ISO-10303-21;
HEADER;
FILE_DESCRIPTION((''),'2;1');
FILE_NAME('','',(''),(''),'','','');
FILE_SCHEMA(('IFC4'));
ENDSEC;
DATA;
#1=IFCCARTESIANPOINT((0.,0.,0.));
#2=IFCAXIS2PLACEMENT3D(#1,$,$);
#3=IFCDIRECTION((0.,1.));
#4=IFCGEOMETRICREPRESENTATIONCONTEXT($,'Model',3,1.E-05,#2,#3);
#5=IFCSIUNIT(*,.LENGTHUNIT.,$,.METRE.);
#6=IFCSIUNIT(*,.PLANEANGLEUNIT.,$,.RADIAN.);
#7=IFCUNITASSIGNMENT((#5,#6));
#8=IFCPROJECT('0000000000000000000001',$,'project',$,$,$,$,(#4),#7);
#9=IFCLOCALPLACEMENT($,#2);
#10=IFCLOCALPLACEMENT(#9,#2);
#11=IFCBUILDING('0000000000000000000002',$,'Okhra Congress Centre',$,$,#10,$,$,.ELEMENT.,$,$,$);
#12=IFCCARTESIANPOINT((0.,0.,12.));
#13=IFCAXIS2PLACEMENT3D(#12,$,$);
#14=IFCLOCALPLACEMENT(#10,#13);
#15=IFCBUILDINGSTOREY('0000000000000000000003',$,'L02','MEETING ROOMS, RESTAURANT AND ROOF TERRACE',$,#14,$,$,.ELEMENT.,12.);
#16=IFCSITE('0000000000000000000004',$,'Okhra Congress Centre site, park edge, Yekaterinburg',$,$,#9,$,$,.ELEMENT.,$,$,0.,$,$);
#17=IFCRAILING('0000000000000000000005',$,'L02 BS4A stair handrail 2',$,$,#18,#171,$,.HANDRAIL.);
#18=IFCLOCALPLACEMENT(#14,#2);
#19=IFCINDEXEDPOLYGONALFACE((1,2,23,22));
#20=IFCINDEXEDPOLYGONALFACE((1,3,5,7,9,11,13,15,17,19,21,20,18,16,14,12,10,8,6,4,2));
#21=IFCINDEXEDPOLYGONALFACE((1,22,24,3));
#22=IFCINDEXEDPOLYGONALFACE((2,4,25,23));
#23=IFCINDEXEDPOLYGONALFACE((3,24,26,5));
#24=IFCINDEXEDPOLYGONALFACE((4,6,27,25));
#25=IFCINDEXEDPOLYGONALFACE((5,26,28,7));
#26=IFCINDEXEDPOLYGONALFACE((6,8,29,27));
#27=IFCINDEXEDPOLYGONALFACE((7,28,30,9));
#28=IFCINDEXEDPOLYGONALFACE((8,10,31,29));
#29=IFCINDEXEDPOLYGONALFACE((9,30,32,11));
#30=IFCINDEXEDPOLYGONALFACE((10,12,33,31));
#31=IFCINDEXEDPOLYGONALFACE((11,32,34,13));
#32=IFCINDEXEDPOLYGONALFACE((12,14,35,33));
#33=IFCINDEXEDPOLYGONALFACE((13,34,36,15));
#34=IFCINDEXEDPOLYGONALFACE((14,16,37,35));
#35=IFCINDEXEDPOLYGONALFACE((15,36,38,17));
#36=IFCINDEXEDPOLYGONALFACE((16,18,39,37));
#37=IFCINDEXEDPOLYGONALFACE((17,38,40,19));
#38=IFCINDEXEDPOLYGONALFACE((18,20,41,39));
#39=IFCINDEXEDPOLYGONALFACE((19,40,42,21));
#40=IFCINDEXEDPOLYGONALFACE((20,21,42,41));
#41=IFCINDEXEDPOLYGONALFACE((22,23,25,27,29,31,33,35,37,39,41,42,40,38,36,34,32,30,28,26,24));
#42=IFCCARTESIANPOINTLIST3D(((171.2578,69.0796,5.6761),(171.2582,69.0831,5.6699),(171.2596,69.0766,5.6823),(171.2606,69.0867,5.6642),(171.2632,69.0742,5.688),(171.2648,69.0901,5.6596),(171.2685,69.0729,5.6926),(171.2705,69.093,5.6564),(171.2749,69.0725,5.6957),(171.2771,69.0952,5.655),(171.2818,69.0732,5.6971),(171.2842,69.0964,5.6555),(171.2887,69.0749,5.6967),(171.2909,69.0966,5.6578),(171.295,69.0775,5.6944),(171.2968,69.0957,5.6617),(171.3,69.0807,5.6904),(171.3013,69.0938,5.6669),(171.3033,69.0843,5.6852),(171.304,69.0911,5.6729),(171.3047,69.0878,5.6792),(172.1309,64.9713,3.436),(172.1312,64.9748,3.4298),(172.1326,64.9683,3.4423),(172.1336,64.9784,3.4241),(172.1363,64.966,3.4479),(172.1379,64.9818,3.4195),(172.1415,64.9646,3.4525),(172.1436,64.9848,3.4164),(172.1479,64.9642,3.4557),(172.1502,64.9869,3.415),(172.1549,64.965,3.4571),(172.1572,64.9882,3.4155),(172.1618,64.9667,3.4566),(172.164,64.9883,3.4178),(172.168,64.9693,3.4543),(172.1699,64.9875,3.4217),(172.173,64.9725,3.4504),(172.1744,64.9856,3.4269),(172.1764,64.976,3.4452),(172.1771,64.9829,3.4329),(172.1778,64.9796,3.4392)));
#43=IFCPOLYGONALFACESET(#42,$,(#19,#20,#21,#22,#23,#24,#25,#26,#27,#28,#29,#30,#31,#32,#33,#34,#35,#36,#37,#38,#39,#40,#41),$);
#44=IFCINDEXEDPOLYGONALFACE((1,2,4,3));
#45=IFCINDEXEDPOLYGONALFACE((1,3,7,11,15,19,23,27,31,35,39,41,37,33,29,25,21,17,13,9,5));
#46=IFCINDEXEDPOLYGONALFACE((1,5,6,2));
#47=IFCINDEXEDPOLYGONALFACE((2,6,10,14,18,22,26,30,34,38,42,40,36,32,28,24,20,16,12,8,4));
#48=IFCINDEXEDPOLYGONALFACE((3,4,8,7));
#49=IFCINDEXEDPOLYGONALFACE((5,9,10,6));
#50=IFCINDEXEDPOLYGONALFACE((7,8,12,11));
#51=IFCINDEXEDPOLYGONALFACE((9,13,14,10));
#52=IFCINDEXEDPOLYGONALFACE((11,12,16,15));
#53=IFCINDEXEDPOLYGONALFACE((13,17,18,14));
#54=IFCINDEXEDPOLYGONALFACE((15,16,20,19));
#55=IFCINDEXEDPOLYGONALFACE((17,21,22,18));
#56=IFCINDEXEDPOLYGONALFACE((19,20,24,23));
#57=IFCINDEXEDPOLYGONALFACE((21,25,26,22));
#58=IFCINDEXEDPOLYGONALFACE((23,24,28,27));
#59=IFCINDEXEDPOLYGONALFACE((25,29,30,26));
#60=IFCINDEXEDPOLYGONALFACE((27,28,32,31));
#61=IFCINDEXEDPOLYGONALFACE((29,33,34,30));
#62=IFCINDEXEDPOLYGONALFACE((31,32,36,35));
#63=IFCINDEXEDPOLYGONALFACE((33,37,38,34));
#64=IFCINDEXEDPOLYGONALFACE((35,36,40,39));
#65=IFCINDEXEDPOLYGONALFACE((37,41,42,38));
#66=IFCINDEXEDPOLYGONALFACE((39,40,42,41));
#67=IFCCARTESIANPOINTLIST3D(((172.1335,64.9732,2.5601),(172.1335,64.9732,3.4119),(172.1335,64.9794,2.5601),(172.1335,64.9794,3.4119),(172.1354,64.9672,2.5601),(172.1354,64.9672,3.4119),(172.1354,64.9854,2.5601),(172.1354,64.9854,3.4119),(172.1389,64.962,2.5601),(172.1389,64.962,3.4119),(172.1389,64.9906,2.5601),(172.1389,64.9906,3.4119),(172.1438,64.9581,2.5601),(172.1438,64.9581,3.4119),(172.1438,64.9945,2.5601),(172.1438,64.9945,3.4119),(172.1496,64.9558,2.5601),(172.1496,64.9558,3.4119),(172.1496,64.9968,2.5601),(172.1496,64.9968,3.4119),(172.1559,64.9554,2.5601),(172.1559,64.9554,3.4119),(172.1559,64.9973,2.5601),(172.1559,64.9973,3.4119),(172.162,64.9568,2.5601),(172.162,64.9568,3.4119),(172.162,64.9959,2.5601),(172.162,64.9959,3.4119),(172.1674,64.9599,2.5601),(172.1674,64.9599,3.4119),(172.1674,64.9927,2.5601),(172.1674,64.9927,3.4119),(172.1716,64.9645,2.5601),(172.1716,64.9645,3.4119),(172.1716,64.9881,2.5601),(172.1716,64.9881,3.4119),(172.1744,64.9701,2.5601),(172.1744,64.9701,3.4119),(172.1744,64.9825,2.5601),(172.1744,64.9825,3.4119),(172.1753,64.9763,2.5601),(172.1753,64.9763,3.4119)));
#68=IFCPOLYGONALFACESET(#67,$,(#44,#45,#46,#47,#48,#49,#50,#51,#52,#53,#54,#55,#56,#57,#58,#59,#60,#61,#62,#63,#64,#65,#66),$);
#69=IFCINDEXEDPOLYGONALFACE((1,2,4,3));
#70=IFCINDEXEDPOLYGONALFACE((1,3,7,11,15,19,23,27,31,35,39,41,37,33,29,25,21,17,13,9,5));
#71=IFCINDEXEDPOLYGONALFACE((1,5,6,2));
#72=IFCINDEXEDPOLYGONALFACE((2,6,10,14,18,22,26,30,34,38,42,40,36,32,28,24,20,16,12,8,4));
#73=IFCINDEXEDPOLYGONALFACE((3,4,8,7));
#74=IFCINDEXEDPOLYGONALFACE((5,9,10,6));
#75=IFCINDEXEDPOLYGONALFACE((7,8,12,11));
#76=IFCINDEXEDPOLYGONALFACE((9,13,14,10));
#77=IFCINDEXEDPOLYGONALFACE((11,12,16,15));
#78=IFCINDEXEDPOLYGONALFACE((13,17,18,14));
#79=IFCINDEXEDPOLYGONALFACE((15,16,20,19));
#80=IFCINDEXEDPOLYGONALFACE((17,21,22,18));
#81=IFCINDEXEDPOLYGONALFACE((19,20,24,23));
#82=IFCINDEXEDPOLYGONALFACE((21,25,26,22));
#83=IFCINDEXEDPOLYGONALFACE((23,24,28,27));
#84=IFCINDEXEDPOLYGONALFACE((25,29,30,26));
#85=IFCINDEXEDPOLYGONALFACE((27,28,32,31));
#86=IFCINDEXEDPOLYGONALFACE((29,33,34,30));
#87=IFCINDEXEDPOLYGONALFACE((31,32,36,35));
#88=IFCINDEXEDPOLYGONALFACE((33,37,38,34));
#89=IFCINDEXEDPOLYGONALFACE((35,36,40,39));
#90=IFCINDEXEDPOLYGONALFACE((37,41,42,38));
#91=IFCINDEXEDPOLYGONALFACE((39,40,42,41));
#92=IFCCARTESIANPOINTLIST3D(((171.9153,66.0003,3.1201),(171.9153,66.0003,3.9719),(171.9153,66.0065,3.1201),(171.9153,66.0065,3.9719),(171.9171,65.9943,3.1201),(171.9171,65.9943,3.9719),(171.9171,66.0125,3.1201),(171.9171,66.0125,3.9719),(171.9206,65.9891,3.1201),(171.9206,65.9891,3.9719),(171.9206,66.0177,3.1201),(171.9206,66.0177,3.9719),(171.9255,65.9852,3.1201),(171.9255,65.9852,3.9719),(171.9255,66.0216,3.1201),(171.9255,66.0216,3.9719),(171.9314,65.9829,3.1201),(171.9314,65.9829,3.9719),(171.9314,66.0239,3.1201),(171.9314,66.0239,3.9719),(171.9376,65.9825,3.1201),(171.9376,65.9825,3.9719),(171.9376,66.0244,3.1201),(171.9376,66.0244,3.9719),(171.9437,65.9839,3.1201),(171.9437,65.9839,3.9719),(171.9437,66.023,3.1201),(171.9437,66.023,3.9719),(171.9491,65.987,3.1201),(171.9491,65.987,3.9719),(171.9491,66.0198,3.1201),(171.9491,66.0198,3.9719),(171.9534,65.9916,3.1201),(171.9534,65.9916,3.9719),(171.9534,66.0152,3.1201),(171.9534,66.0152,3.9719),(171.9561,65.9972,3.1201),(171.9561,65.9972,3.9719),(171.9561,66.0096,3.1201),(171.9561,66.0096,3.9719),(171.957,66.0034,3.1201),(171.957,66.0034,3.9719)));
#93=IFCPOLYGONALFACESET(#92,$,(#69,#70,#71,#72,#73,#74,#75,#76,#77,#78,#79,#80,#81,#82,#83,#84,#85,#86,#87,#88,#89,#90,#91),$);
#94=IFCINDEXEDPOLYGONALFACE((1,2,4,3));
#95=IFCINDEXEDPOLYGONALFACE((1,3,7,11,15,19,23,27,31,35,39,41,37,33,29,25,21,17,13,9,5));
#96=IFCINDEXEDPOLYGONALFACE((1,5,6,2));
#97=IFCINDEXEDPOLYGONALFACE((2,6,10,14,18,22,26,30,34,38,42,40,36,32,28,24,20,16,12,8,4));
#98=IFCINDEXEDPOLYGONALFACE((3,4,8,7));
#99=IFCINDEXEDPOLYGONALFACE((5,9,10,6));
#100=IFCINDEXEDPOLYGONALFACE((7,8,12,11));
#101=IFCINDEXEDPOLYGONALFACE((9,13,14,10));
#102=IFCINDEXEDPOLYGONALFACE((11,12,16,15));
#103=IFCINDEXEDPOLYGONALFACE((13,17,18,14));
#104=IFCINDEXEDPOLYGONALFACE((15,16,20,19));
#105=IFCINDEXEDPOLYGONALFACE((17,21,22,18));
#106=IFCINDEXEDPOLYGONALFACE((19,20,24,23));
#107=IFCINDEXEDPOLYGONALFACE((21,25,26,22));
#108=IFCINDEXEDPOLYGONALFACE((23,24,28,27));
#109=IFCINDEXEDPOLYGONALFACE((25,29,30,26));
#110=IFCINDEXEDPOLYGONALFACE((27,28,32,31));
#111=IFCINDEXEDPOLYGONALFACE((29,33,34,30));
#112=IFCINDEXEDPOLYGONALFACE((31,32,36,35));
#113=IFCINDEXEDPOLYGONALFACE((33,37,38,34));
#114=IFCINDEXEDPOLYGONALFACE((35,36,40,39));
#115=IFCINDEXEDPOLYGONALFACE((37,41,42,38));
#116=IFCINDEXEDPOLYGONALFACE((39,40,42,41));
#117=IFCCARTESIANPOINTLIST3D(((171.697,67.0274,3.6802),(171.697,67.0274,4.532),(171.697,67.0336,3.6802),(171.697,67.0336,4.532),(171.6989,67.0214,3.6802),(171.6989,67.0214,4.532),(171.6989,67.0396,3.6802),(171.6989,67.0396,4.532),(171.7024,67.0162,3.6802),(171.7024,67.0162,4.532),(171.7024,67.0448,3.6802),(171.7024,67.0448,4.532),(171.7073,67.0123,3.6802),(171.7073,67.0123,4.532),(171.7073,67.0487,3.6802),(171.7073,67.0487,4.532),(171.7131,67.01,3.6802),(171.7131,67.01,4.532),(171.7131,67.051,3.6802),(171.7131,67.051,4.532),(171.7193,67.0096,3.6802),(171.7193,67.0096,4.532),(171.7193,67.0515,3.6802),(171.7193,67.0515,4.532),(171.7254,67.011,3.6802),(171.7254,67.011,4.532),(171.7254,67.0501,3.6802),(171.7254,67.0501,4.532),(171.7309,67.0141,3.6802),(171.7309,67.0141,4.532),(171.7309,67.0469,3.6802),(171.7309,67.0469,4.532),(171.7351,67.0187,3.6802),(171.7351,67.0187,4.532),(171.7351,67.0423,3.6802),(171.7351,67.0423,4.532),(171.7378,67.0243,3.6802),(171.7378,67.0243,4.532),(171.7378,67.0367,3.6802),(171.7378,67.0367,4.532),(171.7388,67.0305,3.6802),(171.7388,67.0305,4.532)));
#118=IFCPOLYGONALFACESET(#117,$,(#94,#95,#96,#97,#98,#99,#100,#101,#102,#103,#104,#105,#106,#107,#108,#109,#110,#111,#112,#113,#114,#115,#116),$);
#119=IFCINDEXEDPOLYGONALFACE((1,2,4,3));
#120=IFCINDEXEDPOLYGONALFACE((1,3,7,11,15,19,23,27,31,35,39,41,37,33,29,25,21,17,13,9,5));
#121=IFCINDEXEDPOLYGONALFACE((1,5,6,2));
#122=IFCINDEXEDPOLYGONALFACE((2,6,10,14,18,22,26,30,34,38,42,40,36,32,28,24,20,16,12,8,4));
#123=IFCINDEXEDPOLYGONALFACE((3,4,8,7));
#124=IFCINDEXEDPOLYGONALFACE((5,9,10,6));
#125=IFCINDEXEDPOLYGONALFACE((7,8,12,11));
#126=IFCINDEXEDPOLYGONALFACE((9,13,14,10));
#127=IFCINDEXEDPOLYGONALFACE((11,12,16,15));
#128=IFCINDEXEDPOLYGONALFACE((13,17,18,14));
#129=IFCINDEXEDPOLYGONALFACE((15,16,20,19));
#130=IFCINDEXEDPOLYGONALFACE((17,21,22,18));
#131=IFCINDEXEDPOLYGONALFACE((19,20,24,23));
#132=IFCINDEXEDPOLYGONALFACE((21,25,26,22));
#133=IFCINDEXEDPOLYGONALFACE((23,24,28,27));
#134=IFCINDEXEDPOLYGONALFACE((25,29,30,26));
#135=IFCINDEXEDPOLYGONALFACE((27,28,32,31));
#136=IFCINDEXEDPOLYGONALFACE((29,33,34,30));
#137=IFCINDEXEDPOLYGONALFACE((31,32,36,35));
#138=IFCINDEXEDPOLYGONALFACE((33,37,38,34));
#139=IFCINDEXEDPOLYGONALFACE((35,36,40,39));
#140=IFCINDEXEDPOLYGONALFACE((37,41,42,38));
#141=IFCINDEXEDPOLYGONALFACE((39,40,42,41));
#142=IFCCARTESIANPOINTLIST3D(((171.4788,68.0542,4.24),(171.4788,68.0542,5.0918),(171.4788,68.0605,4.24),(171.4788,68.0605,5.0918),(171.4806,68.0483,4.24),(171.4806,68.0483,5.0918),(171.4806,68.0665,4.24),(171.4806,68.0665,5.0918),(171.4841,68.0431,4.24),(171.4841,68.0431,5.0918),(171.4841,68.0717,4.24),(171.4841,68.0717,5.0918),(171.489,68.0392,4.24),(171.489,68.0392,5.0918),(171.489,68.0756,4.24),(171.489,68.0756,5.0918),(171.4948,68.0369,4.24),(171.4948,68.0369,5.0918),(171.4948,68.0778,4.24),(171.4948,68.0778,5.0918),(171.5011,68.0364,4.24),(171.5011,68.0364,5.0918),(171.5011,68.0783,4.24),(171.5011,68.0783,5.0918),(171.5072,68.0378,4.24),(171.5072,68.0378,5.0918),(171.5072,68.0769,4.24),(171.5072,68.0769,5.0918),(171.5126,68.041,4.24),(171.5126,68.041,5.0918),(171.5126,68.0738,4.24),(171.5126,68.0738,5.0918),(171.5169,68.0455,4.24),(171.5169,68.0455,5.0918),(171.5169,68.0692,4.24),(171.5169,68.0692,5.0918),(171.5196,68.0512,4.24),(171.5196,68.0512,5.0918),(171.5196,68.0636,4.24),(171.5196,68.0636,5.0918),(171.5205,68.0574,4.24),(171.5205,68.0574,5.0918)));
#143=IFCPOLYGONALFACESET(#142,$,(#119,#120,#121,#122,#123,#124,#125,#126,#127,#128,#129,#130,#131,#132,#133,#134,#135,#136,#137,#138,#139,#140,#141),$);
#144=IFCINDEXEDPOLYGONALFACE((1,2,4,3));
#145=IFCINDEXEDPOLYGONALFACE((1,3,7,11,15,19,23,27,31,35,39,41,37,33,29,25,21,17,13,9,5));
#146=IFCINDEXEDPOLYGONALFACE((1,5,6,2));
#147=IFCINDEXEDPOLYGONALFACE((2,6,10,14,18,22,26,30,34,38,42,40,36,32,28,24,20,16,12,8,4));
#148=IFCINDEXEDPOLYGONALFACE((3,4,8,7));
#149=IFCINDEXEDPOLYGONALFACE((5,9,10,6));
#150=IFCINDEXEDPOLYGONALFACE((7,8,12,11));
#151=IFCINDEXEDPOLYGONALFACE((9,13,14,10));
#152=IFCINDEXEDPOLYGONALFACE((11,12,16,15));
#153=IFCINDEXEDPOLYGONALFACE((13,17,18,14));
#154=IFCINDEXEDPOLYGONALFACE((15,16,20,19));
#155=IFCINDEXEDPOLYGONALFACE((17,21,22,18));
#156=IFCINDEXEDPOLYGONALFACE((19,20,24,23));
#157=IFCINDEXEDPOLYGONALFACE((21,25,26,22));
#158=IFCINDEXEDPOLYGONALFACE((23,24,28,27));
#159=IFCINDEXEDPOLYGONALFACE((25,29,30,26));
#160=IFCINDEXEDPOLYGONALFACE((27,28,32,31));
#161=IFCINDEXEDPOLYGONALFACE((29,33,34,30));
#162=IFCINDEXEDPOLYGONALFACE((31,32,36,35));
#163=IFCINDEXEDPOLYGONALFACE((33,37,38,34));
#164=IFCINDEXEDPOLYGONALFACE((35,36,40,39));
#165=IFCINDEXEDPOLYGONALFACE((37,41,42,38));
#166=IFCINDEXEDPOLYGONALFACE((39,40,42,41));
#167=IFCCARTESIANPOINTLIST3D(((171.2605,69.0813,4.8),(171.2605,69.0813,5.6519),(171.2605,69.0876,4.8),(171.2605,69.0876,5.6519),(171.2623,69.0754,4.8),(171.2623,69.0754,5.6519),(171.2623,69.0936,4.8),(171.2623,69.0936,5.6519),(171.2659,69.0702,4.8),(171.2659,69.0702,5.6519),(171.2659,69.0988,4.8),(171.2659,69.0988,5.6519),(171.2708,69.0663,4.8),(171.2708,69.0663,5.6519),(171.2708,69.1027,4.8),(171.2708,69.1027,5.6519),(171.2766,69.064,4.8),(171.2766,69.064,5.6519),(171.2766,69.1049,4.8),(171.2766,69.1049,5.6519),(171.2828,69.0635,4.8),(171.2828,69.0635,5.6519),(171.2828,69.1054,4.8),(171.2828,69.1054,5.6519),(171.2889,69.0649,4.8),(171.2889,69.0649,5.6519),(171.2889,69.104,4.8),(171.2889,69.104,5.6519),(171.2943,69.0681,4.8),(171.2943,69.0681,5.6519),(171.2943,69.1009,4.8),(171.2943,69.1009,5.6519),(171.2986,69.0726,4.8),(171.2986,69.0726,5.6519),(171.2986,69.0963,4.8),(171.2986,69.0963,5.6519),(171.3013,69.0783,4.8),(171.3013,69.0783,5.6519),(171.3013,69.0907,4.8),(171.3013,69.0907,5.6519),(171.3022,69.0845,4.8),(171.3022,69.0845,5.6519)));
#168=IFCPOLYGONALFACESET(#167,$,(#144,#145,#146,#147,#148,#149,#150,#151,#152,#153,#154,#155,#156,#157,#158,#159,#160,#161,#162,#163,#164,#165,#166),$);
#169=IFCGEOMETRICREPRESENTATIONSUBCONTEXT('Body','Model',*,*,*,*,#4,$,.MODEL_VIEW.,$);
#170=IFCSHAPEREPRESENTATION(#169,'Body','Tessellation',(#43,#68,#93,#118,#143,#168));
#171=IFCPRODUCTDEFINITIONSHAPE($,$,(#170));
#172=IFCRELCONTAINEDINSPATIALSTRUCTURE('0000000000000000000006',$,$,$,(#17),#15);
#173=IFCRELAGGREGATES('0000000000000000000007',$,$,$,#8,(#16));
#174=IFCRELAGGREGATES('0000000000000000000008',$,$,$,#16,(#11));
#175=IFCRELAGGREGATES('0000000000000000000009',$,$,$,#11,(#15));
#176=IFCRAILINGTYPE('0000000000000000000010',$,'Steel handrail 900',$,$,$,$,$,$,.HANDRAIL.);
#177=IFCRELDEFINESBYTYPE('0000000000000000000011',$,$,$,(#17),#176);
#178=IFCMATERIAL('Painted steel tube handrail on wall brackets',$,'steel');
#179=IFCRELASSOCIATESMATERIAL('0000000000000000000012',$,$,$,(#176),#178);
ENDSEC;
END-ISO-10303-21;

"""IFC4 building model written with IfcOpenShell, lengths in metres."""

from ifc_helpers import new_model, si_unit, direction, frame, origin, origin_2d, place, context, subcontext, project, spatial, circle, extrude, material, type_object, element, save


model = new_model("IFC4")

# Units and contexts
model_context = context("Model", 3, precision=1e-05, world=origin(), true_north=direction((0.0, 1.0)))
body_context = subcontext(model_context, "Body", "Model", "MODEL_VIEW")
ifc_project = project(units=[si_unit("LENGTHUNIT", "METRE"), si_unit("PLANEANGLEUNIT", "RADIAN")], contexts=[model_context])

# Site, building, storey
site_placement = place(None, origin())
site = spatial("IfcSite", under=ifc_project, at=site_placement, Name="Okhra Congress Centre site, park edge, Yekaterinburg", CompositionType="ELEMENT", RefElevation=0.0)
building_placement = place(site_placement, origin())
building = spatial("IfcBuilding", under=site, at=building_placement, Name="Okhra Congress Centre", CompositionType="ELEMENT")
storey_placement = place(building_placement, frame((0.0, 0.0, 12.0)))
storey = spatial("IfcBuildingStorey", under=building, at=storey_placement, Name="L02", Description="MEETING ROOMS, RESTAURANT AND ROOF TERRACE", CompositionType="ELEMENT", Elevation=12.0)

# Railing
ifc_material_1 = material(Name="Painted steel tube handrail on wall brackets", Category="steel")
railing_type_1 = type_object("IfcRailingType", Name="Steel handrail 900", PredefinedType="HANDRAIL", material=ifc_material_1)
railing_1_placement = place(storey_placement, frame((172.1543, 64.9763, 2.5601)))
element("IfcRailing", 1, at=railing_1_placement, inside=storey, type_object=railing_type_1, Name="L02 BS4A stair handrail 2", PredefinedType="HANDRAIL", context=body_context, shape_type="SweptSolid", body=[
    extrude(circle(Radius=0.0239, at=origin_2d()), frame((0.0, 0.0, 0.876), z_axis=(-0.183417, 0.863075, 0.470596), x_axis=(-0.978156, -0.207873, 0.0)), (0.0, 0.0, 1.0), 4.76),
    extrude(circle(Radius=0.021, at=origin_2d()), origin(), (0.0, 0.0, 1.0), 0.8518),
    extrude(circle(Radius=0.021, at=origin_2d()), frame((-0.2183, 1.0271, 0.5601)), (0.0, 0.0, 1.0), 0.8518),
    extrude(circle(Radius=0.021, at=origin_2d()), frame((-0.4365, 2.0542, 1.1201)), (0.0, 0.0, 1.0), 0.8518),
    extrude(circle(Radius=0.021, at=origin_2d()), frame((-0.6548, 3.0811, 1.6799)), (0.0, 0.0, 1.0), 0.8518),
    extrude(circle(Radius=0.021, at=origin_2d()), frame((-0.873, 4.1082, 2.24)), (0.0, 0.0, 1.0), 0.8518),
])

save(model, "model.ifc")
